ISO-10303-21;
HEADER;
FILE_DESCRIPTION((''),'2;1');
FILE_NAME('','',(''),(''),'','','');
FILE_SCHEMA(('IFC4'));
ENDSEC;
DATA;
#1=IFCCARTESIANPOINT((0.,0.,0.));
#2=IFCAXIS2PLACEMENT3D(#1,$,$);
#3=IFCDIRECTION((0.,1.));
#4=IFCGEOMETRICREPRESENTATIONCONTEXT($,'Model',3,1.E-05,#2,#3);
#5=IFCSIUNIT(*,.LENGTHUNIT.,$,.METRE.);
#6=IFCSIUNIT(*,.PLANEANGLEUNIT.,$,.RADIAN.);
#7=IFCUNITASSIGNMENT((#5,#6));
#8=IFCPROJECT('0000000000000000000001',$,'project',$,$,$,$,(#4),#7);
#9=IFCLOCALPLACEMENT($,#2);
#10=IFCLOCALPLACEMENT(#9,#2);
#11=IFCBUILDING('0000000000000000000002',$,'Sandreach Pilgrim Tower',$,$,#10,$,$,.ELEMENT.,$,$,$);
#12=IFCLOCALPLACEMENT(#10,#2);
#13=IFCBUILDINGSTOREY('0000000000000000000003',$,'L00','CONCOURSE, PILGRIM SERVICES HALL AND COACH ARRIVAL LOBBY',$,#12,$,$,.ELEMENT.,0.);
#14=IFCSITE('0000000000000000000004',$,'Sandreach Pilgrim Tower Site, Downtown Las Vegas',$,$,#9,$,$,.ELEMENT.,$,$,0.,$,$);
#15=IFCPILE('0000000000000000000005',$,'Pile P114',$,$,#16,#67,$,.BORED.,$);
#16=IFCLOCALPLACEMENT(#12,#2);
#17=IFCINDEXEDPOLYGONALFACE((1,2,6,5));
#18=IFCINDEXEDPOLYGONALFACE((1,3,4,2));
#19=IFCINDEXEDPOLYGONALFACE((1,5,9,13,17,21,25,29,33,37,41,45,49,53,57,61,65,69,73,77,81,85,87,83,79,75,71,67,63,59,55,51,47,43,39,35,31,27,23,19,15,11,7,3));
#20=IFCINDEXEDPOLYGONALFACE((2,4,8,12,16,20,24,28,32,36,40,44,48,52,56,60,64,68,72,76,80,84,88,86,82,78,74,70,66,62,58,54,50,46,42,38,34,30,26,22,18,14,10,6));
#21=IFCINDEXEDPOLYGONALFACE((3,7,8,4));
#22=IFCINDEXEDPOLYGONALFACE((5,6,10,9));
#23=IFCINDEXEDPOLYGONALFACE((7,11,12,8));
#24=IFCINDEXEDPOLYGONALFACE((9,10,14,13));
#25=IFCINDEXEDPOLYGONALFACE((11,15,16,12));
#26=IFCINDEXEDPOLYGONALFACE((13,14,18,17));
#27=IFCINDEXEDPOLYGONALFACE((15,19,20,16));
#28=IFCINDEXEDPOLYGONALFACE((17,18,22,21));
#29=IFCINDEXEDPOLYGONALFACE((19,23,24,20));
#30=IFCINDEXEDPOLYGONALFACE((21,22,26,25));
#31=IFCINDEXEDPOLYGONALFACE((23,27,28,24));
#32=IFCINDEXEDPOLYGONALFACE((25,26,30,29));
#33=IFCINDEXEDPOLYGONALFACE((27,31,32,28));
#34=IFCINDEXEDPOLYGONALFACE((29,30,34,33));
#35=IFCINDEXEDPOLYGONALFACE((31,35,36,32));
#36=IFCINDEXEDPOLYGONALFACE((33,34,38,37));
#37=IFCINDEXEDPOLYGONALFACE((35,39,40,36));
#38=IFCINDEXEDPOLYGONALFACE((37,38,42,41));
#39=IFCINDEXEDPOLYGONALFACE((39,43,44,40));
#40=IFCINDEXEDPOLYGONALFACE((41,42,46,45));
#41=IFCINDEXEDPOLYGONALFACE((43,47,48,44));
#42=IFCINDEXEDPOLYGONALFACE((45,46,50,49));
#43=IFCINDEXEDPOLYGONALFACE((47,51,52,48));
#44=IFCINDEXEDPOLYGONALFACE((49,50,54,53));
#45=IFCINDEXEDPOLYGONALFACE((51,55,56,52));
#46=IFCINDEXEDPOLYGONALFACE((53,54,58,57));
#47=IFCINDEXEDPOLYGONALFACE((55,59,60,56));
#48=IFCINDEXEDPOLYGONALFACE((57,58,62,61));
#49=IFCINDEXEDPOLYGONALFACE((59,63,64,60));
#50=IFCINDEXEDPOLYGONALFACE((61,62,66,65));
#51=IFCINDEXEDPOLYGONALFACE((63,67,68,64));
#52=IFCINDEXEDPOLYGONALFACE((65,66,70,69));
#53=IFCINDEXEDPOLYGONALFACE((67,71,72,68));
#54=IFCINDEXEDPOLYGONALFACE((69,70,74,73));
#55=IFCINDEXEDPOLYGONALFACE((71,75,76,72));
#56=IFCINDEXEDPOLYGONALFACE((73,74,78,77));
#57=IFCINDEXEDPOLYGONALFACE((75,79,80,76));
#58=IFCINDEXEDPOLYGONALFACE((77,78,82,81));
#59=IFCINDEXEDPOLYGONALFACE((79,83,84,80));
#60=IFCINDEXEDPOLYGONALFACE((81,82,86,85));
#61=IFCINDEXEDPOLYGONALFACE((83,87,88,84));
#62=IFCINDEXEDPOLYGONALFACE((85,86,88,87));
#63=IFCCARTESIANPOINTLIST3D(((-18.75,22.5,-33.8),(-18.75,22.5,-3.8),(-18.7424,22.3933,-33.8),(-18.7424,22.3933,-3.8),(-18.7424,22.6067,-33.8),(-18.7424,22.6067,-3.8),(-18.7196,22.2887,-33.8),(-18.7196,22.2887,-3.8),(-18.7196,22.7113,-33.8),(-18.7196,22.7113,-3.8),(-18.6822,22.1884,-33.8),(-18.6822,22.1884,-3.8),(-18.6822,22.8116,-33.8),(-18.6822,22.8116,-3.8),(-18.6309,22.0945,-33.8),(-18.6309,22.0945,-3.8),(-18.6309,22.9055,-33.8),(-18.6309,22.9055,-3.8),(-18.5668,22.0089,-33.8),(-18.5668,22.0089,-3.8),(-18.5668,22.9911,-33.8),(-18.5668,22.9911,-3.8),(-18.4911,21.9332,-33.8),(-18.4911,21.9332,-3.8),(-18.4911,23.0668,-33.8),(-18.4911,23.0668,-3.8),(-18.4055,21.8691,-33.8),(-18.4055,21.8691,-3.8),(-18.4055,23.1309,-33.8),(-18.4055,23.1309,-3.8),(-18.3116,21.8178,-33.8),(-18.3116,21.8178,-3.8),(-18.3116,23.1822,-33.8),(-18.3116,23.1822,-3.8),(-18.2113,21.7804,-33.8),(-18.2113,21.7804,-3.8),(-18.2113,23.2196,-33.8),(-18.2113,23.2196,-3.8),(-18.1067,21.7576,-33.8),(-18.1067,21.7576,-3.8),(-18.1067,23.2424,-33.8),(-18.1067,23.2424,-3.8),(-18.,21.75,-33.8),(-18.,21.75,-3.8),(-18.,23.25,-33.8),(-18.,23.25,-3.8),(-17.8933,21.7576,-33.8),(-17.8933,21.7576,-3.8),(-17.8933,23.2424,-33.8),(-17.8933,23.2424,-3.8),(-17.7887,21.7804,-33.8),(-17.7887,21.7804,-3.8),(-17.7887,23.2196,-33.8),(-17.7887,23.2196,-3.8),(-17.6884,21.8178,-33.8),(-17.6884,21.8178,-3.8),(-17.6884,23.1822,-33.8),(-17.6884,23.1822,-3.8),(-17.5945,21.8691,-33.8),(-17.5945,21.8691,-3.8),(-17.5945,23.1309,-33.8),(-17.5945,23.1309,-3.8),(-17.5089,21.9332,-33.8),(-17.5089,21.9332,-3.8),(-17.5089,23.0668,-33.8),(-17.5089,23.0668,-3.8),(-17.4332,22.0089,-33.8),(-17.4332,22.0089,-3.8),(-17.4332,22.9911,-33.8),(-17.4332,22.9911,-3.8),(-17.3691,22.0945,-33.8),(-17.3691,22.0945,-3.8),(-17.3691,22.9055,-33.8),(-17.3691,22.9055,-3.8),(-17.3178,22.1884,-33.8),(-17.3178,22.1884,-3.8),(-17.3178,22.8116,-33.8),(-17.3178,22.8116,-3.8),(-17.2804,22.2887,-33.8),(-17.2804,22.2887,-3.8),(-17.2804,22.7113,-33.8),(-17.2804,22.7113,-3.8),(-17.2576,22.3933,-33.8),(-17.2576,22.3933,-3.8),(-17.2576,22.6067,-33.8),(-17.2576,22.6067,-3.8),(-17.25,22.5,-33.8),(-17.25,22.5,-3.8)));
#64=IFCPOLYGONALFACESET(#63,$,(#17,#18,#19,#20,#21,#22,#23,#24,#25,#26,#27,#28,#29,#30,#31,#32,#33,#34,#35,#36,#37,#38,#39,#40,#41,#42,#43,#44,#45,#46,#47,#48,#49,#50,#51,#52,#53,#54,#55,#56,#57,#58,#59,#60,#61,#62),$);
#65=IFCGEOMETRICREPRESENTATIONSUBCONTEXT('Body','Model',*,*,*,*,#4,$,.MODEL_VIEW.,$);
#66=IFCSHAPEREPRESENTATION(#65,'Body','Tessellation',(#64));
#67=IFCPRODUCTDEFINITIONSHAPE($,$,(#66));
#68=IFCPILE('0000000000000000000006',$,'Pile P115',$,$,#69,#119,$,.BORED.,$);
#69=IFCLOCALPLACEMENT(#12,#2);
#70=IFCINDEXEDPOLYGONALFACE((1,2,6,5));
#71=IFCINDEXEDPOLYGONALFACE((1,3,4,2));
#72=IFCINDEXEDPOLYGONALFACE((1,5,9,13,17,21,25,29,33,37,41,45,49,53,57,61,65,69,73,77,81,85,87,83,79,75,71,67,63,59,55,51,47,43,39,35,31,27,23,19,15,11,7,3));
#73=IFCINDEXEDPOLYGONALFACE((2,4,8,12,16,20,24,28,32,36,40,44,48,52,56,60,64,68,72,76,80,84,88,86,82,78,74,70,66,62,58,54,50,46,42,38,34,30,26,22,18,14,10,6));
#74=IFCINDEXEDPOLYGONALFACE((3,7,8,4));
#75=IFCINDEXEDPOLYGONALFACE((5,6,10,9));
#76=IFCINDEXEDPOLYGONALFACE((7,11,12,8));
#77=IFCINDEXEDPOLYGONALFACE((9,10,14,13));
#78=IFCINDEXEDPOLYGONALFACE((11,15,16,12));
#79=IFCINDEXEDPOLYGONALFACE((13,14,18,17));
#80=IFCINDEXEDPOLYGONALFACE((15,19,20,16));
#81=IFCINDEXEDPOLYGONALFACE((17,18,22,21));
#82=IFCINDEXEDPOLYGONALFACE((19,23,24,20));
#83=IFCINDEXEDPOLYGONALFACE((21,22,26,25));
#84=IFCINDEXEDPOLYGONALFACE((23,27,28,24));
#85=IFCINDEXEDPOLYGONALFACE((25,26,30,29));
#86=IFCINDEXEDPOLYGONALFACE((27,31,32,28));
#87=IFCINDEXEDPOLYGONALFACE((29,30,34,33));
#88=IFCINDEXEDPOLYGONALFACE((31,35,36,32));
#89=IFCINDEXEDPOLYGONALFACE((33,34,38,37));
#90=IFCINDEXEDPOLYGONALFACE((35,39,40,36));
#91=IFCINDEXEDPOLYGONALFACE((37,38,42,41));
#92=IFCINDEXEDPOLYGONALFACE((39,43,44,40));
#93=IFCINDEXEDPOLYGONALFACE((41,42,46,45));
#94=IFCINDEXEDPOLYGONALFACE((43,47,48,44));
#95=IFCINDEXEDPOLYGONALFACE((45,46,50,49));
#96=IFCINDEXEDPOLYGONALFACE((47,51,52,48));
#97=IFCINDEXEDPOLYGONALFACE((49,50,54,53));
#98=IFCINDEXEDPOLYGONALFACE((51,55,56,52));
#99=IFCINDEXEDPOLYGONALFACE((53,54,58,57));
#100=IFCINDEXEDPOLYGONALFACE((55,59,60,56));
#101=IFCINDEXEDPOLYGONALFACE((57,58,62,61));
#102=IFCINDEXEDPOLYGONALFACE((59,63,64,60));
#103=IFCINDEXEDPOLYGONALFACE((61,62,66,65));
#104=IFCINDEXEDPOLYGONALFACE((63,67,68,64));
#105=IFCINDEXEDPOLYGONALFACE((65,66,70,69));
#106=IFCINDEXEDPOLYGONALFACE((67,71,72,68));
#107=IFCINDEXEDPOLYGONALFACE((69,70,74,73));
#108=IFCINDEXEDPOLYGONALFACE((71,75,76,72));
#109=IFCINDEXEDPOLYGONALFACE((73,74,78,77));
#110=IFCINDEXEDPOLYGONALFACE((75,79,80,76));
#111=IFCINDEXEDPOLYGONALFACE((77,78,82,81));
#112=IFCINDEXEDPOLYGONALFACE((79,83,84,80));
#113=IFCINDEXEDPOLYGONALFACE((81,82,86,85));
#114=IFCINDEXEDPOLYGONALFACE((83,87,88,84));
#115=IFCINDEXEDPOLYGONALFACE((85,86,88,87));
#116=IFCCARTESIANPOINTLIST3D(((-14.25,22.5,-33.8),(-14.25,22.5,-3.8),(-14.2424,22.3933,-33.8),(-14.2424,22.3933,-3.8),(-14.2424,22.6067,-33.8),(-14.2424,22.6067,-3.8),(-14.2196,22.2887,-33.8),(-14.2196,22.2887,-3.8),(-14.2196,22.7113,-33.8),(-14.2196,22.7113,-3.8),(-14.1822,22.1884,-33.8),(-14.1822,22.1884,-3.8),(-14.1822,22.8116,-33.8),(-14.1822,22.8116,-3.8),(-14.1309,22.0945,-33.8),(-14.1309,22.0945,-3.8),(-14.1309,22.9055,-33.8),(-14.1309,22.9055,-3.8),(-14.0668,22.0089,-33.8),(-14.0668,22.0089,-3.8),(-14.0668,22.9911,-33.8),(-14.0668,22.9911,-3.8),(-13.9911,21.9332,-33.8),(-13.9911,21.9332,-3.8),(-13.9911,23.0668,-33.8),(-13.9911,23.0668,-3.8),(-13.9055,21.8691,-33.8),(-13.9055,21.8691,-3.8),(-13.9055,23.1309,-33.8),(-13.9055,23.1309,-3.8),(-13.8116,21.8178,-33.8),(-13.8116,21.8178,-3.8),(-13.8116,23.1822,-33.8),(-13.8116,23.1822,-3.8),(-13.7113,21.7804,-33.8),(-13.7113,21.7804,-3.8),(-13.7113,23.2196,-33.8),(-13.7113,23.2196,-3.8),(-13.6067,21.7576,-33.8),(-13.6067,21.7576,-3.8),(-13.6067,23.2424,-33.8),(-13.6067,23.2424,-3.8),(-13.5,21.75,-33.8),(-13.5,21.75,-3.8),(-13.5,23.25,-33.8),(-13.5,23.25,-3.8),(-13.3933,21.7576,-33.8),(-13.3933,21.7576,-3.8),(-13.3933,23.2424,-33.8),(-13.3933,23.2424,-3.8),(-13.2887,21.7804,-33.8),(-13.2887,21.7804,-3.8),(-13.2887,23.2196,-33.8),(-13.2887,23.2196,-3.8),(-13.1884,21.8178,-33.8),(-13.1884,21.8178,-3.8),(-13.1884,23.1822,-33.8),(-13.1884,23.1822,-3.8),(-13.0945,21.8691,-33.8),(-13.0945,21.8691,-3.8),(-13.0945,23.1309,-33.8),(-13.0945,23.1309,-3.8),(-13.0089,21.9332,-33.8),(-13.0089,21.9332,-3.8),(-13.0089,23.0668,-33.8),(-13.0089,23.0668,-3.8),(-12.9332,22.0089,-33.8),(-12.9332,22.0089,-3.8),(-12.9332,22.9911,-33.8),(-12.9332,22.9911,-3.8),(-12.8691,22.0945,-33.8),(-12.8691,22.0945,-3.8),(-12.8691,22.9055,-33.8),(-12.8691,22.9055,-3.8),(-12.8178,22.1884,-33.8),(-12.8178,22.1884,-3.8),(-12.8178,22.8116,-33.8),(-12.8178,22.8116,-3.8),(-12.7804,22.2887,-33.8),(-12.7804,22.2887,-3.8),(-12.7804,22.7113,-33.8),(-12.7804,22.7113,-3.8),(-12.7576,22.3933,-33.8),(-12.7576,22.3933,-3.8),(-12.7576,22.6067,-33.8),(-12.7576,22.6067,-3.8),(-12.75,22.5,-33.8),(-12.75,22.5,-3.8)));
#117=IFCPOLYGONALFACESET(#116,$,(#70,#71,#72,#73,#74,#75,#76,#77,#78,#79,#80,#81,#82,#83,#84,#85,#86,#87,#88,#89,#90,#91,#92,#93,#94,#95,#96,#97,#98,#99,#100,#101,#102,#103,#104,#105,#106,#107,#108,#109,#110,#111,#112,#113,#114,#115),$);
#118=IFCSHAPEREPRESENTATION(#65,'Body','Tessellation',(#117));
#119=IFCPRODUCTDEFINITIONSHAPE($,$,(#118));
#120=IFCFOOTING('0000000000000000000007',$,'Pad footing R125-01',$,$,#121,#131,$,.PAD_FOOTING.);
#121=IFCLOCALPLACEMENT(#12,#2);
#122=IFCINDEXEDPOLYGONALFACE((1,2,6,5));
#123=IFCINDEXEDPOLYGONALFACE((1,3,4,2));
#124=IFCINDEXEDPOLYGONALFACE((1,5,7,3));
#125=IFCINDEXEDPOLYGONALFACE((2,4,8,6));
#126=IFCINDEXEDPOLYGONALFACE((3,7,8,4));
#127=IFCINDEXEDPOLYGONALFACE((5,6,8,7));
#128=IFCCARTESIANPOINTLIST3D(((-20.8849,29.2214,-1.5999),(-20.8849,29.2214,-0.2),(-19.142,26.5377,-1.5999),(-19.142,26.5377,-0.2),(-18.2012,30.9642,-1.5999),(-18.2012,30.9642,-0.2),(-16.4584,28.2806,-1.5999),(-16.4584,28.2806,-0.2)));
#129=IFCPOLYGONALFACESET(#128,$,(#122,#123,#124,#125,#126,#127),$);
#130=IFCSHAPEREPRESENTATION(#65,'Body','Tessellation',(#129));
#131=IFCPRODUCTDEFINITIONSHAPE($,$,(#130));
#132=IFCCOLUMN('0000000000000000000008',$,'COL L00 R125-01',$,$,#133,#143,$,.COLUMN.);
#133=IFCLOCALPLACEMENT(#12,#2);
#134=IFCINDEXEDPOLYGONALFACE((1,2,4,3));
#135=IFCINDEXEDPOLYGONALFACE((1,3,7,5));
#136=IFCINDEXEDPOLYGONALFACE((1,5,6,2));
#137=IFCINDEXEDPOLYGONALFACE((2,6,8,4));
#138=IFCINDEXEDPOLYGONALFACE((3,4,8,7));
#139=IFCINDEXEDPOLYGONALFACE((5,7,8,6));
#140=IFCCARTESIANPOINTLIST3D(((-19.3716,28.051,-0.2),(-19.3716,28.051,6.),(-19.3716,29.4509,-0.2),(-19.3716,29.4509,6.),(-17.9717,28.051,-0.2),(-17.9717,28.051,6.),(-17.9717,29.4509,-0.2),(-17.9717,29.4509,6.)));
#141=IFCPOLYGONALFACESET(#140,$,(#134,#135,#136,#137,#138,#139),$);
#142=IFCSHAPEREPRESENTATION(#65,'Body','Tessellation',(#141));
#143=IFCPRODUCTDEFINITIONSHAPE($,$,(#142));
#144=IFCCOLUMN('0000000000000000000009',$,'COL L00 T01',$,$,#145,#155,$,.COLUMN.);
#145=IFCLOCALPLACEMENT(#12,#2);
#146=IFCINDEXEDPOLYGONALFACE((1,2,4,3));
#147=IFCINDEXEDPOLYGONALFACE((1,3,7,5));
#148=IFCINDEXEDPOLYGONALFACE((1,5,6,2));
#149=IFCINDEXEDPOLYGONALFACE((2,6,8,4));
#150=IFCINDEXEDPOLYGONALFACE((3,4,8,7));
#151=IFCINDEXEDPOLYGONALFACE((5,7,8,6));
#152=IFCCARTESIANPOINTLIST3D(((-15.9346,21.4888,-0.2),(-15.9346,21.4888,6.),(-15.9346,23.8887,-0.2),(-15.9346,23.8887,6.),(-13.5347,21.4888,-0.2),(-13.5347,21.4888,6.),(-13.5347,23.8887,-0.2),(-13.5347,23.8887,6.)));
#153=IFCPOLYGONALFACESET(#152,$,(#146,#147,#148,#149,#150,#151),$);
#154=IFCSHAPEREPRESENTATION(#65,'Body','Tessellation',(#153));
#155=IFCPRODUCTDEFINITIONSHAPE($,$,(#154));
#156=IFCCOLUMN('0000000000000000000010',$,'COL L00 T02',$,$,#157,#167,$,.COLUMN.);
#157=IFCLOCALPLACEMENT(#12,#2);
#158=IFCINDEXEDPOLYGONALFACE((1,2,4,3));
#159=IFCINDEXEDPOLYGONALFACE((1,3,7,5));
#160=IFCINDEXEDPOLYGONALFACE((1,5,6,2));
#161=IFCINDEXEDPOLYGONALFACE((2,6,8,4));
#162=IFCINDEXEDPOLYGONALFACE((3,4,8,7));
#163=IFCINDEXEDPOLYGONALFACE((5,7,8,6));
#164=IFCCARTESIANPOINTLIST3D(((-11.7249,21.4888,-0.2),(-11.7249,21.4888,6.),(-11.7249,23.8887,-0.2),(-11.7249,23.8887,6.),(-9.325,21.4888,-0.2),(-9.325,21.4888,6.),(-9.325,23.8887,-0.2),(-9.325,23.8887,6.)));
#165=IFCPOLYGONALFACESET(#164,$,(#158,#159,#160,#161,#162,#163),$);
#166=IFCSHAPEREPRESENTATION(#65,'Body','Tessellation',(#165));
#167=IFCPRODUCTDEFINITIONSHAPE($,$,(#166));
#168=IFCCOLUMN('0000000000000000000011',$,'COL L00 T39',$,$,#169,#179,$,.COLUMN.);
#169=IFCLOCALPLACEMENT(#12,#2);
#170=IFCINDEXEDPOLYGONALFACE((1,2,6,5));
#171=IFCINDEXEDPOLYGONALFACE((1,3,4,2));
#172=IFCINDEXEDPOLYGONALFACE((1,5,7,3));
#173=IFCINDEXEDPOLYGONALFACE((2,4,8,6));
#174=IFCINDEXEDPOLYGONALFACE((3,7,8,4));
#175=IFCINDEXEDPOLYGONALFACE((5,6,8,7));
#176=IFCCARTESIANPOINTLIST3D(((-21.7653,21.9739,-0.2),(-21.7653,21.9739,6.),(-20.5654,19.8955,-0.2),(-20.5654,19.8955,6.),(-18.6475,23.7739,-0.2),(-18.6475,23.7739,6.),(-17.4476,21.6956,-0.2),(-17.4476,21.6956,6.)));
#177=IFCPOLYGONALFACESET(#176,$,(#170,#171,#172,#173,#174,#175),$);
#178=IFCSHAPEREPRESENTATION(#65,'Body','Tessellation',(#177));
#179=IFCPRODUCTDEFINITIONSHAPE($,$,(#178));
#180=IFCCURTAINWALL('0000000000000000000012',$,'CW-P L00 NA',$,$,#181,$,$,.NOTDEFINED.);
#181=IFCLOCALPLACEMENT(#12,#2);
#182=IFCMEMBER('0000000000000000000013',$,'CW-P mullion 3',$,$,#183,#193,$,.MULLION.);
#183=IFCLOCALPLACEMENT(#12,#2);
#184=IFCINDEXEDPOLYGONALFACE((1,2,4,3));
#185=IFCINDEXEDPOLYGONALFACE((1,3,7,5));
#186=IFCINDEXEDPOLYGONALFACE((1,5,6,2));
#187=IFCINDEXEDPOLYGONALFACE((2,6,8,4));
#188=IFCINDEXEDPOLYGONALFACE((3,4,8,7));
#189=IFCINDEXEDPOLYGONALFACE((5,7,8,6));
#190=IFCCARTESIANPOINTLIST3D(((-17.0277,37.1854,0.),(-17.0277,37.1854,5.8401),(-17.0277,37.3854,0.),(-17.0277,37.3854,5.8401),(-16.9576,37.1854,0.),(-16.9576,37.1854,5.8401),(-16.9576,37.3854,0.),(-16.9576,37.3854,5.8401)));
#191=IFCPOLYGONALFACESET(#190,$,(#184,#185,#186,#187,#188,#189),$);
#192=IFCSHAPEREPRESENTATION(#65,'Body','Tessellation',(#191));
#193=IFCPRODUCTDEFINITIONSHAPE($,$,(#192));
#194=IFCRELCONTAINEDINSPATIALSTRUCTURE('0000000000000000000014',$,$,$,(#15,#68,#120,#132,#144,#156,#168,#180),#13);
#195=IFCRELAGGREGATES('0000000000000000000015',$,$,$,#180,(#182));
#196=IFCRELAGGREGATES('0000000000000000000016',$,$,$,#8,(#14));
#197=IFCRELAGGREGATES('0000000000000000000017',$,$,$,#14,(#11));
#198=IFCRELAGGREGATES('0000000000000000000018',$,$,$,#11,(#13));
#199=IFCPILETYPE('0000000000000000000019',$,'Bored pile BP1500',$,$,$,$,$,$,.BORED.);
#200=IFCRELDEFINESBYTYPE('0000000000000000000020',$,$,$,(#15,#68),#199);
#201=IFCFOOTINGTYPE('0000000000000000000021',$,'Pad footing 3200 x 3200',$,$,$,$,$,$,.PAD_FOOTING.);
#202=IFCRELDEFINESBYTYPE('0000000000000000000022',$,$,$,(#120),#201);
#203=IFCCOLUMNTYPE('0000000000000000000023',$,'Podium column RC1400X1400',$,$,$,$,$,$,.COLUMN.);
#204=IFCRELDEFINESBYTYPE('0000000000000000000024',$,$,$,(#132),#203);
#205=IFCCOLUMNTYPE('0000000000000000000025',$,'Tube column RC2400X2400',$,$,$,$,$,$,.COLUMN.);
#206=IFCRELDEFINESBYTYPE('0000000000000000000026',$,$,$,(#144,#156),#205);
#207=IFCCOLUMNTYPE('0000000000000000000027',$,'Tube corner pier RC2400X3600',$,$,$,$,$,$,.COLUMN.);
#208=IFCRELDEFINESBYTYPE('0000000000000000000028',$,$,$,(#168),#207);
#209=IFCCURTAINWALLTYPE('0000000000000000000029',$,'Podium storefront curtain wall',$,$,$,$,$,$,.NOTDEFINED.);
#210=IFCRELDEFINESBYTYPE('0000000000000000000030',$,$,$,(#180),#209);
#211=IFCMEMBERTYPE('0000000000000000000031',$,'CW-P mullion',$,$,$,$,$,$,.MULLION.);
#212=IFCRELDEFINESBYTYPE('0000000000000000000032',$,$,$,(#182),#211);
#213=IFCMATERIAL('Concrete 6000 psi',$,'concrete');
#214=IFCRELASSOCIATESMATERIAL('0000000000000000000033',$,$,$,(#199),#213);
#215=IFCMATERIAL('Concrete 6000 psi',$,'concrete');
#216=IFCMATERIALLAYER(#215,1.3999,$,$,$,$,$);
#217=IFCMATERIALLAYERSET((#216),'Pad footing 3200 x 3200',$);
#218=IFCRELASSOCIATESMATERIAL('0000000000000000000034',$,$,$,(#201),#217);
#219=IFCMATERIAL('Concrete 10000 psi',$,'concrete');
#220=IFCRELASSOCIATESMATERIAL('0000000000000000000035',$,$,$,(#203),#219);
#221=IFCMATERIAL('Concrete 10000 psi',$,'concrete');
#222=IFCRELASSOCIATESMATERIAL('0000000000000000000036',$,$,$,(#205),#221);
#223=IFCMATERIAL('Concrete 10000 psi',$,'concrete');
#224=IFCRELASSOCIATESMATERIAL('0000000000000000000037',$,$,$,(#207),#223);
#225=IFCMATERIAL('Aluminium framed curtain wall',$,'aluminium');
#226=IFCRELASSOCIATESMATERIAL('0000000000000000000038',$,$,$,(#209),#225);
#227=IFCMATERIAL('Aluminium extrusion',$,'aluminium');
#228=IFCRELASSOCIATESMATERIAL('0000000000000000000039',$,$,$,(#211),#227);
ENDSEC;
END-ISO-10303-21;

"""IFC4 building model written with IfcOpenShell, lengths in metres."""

from ifc_helpers import new_model, si_unit, direction, frame, origin, origin_2d, place, context, subcontext, project, spatial, rectangle, circle, extrude, material, layer, layer_set, material_profile, profile_set, type_object, element, aggregate, save


model = new_model("IFC4")

# Units and contexts
model_context = context("Model", 3, precision=1e-05, world=origin(), true_north=direction((0.0, 1.0)))
body_context = subcontext(model_context, "Body", "Model", "MODEL_VIEW")
ifc_project = project(units=[si_unit("LENGTHUNIT", "METRE"), si_unit("PLANEANGLEUNIT", "RADIAN")], contexts=[model_context])

# Site, building, storey
site_placement = place(None, origin())
site = spatial("IfcSite", under=ifc_project, at=site_placement, Name="Sandreach Pilgrim Tower Site, Downtown Las Vegas", CompositionType="ELEMENT", RefElevation=0.0)
building_placement = place(site_placement, origin())
building = spatial("IfcBuilding", under=site, at=building_placement, Name="Sandreach Pilgrim Tower", CompositionType="ELEMENT")
storey_placement = place(building_placement, origin())
storey = spatial("IfcBuildingStorey", under=building, at=storey_placement, Name="L00", Description="CONCOURSE, PILGRIM SERVICES HALL AND COACH ARRIVAL LOBBY", CompositionType="ELEMENT", Elevation=0.0)

# Piles
ifc_material_1 = material(Name="Concrete 6000 psi", Category="concrete")
ifc_material_profile_1 = material_profile(ifc_material_1, circle(Radius=0.75, at=origin_2d()), Name="BP1500")
ifc_profile_set_1 = profile_set([ifc_material_profile_1], Name="Concrete 6000 psi")
pile_type = type_object("IfcPileType", Name="Bored pile BP1500", PredefinedType="BORED", material=ifc_profile_set_1)
for number, where, z_axis, x_axis, name in (
    (1, (-18.0, 22.5, -3.8), (0.0, 0.0, -1.0), (1.0, 0.0, 0.0), "Pile P114"),
    (2, (-13.5, 22.5, -3.8), (0.0, 0.0, -1.0), (1.0, 0.0, 0.0), "Pile P115"),
):
    element("IfcPile", number, at=place(storey_placement, frame(where, z_axis=z_axis, x_axis=x_axis)), inside=storey, type_object=pile_type, Name=name, PredefinedType="BORED", context=body_context, shape_type="SweptSolid", body=[
        extrude(circle(Radius=0.75, at=origin_2d()), origin(), (0.0, 0.0, 1.0), 30.0),
    ])

# Footing
ifc_material_2 = material(Name="Concrete 6000 psi", Category="concrete")
ifc_layer_1 = layer(ifc_material_2, 1.3999)
ifc_layer_set_1 = layer_set([ifc_layer_1], Name="Pad footing 3200 x 3200")
footing_type = type_object("IfcFootingType", Name="Pad footing 3200 x 3200", PredefinedType="PAD_FOOTING", material=ifc_layer_set_1)
footing_placement = place(storey_placement, frame((-18.6716, 28.751, -1.5999), z_axis=(0.0, 0.0, 1.0), x_axis=(-0.544652, 0.838662, 0.0)))
element("IfcFooting", 3, at=footing_placement, inside=storey, type_object=footing_type, Name="Pad footing R125-01", PredefinedType="PAD_FOOTING", context=body_context, shape_type="SweptSolid", body=[
    extrude(rectangle(XDim=3.2, YDim=3.2, at=origin_2d()), origin(), (0.0, 0.0, 1.0), 1.3999),
])

# Columns
ifc_material_3 = material(Name="Concrete 10000 psi", Category="concrete")
ifc_material_profile_2 = material_profile(ifc_material_3, rectangle(XDim=1.3999, YDim=1.3999, at=origin_2d()), Name="RC1400X1400")
ifc_profile_set_2 = profile_set([ifc_material_profile_2], Name="Concrete 10000 psi")
column_type_1 = type_object("IfcColumnType", Name="Podium column RC1400X1400", PredefinedType="COLUMN", material=ifc_profile_set_2)
column_1_placement = place(storey_placement, frame((-18.6716, 28.751, -0.2), z_axis=(0.0, 0.0, 1.0), x_axis=(0.0, 1.0, 0.0)))
element("IfcColumn", 4, at=column_1_placement, inside=storey, type_object=column_type_1, Name="COL L00 R125-01", PredefinedType="COLUMN", context=body_context, shape_type="SweptSolid", body=[
    extrude(rectangle(XDim=1.3999, YDim=1.3999, at=origin_2d()), origin(), (0.0, 0.0, 1.0), 6.2),
])
ifc_material_4 = material(Name="Concrete 10000 psi", Category="concrete")
ifc_material_profile_3 = material_profile(ifc_material_4, rectangle(XDim=2.3999, YDim=2.3999, at=origin_2d()), Name="RC2400X2400")
ifc_profile_set_3 = profile_set([ifc_material_profile_3], Name="Concrete 10000 psi")
column_type_2 = type_object("IfcColumnType", Name="Tube column RC2400X2400", PredefinedType="COLUMN", material=ifc_profile_set_3)
for number, where, z_axis, x_axis, name in (
    (5, (-14.7346, 22.6887, -0.2), (0.0, 0.0, 1.0), (0.0, 1.0, 0.0), "COL L00 T01"),
    (6, (-10.5249, 22.6887, -0.2), (0.0, 0.0, 1.0), (0.0, 1.0, 0.0), "COL L00 T02"),
):
    element("IfcColumn", number, at=place(storey_placement, frame(where, z_axis=z_axis, x_axis=x_axis)), inside=storey, type_object=column_type_2, Name=name, PredefinedType="COLUMN", context=body_context, shape_type="SweptSolid", body=[
        extrude(rectangle(XDim=2.3999, YDim=2.3999, at=origin_2d()), origin(), (0.0, 0.0, 1.0), 6.2),
    ])
ifc_material_5 = material(Name="Concrete 10000 psi", Category="concrete")
ifc_material_profile_4 = material_profile(ifc_material_5, rectangle(XDim=2.3999, YDim=3.6001, at=origin_2d()), Name="RC2400X3600")
ifc_profile_set_4 = profile_set([ifc_material_profile_4], Name="Concrete 10000 psi")
column_type_3 = type_object("IfcColumnType", Name="Tube corner pier RC2400X3600", PredefinedType="COLUMN", material=ifc_profile_set_4)
column_2_placement = place(storey_placement, frame((-19.6064, 21.8347, -0.2), z_axis=(0.0, 0.0, 1.0), x_axis=(-0.5, 0.866025, 0.0)))
element("IfcColumn", 7, at=column_2_placement, inside=storey, type_object=column_type_3, Name="COL L00 T39", PredefinedType="COLUMN", context=body_context, shape_type="SweptSolid", body=[
    extrude(rectangle(XDim=2.3999, YDim=3.6001, at=origin_2d()), origin(), (0.0, 0.0, 1.0), 6.2),
])

# Curtain wall, member
ifc_material_6 = material(Name="Aluminium framed curtain wall", Category="aluminium")
curtain_wall_type = type_object("IfcCurtainWallType", Name="Podium storefront curtain wall", PredefinedType="NOTDEFINED", material=ifc_material_6)
curtain_wall_placement = place(storey_placement, origin())
curtain_wall = element("IfcCurtainWall", 8, at=curtain_wall_placement, inside=storey, type_object=curtain_wall_type, Name="CW-P L00 NA", PredefinedType="NOTDEFINED")
ifc_material_7 = material(Name="Aluminium extrusion", Category="aluminium")
ifc_material_profile_5 = material_profile(ifc_material_7, rectangle(XDim=0.0701, YDim=0.2, at=origin_2d()), Name="CW-PM 70X200")
ifc_profile_set_5 = profile_set([ifc_material_profile_5], Name="Aluminium extrusion")
member_type_1 = type_object("IfcMemberType", Name="CW-P mullion", PredefinedType="MULLION", material=ifc_profile_set_5)
member_1_placement = place(storey_placement, frame((-16.9927, 37.2854, 0.0), z_axis=(0.0, 0.0, 1.0), x_axis=(1.0, 0.0, 0.0)))
member_1 = element("IfcMember", 9, at=member_1_placement, type_object=member_type_1, Name="CW-P mullion 3", PredefinedType="MULLION", context=body_context, shape_type="SweptSolid", body=[
    extrude(rectangle(XDim=0.0701, YDim=0.2, at=origin_2d()), origin(), (0.0, 0.0, 1.0), 5.8401),
])

aggregate(curtain_wall, [member_1])

save(model, "model.ifc")
